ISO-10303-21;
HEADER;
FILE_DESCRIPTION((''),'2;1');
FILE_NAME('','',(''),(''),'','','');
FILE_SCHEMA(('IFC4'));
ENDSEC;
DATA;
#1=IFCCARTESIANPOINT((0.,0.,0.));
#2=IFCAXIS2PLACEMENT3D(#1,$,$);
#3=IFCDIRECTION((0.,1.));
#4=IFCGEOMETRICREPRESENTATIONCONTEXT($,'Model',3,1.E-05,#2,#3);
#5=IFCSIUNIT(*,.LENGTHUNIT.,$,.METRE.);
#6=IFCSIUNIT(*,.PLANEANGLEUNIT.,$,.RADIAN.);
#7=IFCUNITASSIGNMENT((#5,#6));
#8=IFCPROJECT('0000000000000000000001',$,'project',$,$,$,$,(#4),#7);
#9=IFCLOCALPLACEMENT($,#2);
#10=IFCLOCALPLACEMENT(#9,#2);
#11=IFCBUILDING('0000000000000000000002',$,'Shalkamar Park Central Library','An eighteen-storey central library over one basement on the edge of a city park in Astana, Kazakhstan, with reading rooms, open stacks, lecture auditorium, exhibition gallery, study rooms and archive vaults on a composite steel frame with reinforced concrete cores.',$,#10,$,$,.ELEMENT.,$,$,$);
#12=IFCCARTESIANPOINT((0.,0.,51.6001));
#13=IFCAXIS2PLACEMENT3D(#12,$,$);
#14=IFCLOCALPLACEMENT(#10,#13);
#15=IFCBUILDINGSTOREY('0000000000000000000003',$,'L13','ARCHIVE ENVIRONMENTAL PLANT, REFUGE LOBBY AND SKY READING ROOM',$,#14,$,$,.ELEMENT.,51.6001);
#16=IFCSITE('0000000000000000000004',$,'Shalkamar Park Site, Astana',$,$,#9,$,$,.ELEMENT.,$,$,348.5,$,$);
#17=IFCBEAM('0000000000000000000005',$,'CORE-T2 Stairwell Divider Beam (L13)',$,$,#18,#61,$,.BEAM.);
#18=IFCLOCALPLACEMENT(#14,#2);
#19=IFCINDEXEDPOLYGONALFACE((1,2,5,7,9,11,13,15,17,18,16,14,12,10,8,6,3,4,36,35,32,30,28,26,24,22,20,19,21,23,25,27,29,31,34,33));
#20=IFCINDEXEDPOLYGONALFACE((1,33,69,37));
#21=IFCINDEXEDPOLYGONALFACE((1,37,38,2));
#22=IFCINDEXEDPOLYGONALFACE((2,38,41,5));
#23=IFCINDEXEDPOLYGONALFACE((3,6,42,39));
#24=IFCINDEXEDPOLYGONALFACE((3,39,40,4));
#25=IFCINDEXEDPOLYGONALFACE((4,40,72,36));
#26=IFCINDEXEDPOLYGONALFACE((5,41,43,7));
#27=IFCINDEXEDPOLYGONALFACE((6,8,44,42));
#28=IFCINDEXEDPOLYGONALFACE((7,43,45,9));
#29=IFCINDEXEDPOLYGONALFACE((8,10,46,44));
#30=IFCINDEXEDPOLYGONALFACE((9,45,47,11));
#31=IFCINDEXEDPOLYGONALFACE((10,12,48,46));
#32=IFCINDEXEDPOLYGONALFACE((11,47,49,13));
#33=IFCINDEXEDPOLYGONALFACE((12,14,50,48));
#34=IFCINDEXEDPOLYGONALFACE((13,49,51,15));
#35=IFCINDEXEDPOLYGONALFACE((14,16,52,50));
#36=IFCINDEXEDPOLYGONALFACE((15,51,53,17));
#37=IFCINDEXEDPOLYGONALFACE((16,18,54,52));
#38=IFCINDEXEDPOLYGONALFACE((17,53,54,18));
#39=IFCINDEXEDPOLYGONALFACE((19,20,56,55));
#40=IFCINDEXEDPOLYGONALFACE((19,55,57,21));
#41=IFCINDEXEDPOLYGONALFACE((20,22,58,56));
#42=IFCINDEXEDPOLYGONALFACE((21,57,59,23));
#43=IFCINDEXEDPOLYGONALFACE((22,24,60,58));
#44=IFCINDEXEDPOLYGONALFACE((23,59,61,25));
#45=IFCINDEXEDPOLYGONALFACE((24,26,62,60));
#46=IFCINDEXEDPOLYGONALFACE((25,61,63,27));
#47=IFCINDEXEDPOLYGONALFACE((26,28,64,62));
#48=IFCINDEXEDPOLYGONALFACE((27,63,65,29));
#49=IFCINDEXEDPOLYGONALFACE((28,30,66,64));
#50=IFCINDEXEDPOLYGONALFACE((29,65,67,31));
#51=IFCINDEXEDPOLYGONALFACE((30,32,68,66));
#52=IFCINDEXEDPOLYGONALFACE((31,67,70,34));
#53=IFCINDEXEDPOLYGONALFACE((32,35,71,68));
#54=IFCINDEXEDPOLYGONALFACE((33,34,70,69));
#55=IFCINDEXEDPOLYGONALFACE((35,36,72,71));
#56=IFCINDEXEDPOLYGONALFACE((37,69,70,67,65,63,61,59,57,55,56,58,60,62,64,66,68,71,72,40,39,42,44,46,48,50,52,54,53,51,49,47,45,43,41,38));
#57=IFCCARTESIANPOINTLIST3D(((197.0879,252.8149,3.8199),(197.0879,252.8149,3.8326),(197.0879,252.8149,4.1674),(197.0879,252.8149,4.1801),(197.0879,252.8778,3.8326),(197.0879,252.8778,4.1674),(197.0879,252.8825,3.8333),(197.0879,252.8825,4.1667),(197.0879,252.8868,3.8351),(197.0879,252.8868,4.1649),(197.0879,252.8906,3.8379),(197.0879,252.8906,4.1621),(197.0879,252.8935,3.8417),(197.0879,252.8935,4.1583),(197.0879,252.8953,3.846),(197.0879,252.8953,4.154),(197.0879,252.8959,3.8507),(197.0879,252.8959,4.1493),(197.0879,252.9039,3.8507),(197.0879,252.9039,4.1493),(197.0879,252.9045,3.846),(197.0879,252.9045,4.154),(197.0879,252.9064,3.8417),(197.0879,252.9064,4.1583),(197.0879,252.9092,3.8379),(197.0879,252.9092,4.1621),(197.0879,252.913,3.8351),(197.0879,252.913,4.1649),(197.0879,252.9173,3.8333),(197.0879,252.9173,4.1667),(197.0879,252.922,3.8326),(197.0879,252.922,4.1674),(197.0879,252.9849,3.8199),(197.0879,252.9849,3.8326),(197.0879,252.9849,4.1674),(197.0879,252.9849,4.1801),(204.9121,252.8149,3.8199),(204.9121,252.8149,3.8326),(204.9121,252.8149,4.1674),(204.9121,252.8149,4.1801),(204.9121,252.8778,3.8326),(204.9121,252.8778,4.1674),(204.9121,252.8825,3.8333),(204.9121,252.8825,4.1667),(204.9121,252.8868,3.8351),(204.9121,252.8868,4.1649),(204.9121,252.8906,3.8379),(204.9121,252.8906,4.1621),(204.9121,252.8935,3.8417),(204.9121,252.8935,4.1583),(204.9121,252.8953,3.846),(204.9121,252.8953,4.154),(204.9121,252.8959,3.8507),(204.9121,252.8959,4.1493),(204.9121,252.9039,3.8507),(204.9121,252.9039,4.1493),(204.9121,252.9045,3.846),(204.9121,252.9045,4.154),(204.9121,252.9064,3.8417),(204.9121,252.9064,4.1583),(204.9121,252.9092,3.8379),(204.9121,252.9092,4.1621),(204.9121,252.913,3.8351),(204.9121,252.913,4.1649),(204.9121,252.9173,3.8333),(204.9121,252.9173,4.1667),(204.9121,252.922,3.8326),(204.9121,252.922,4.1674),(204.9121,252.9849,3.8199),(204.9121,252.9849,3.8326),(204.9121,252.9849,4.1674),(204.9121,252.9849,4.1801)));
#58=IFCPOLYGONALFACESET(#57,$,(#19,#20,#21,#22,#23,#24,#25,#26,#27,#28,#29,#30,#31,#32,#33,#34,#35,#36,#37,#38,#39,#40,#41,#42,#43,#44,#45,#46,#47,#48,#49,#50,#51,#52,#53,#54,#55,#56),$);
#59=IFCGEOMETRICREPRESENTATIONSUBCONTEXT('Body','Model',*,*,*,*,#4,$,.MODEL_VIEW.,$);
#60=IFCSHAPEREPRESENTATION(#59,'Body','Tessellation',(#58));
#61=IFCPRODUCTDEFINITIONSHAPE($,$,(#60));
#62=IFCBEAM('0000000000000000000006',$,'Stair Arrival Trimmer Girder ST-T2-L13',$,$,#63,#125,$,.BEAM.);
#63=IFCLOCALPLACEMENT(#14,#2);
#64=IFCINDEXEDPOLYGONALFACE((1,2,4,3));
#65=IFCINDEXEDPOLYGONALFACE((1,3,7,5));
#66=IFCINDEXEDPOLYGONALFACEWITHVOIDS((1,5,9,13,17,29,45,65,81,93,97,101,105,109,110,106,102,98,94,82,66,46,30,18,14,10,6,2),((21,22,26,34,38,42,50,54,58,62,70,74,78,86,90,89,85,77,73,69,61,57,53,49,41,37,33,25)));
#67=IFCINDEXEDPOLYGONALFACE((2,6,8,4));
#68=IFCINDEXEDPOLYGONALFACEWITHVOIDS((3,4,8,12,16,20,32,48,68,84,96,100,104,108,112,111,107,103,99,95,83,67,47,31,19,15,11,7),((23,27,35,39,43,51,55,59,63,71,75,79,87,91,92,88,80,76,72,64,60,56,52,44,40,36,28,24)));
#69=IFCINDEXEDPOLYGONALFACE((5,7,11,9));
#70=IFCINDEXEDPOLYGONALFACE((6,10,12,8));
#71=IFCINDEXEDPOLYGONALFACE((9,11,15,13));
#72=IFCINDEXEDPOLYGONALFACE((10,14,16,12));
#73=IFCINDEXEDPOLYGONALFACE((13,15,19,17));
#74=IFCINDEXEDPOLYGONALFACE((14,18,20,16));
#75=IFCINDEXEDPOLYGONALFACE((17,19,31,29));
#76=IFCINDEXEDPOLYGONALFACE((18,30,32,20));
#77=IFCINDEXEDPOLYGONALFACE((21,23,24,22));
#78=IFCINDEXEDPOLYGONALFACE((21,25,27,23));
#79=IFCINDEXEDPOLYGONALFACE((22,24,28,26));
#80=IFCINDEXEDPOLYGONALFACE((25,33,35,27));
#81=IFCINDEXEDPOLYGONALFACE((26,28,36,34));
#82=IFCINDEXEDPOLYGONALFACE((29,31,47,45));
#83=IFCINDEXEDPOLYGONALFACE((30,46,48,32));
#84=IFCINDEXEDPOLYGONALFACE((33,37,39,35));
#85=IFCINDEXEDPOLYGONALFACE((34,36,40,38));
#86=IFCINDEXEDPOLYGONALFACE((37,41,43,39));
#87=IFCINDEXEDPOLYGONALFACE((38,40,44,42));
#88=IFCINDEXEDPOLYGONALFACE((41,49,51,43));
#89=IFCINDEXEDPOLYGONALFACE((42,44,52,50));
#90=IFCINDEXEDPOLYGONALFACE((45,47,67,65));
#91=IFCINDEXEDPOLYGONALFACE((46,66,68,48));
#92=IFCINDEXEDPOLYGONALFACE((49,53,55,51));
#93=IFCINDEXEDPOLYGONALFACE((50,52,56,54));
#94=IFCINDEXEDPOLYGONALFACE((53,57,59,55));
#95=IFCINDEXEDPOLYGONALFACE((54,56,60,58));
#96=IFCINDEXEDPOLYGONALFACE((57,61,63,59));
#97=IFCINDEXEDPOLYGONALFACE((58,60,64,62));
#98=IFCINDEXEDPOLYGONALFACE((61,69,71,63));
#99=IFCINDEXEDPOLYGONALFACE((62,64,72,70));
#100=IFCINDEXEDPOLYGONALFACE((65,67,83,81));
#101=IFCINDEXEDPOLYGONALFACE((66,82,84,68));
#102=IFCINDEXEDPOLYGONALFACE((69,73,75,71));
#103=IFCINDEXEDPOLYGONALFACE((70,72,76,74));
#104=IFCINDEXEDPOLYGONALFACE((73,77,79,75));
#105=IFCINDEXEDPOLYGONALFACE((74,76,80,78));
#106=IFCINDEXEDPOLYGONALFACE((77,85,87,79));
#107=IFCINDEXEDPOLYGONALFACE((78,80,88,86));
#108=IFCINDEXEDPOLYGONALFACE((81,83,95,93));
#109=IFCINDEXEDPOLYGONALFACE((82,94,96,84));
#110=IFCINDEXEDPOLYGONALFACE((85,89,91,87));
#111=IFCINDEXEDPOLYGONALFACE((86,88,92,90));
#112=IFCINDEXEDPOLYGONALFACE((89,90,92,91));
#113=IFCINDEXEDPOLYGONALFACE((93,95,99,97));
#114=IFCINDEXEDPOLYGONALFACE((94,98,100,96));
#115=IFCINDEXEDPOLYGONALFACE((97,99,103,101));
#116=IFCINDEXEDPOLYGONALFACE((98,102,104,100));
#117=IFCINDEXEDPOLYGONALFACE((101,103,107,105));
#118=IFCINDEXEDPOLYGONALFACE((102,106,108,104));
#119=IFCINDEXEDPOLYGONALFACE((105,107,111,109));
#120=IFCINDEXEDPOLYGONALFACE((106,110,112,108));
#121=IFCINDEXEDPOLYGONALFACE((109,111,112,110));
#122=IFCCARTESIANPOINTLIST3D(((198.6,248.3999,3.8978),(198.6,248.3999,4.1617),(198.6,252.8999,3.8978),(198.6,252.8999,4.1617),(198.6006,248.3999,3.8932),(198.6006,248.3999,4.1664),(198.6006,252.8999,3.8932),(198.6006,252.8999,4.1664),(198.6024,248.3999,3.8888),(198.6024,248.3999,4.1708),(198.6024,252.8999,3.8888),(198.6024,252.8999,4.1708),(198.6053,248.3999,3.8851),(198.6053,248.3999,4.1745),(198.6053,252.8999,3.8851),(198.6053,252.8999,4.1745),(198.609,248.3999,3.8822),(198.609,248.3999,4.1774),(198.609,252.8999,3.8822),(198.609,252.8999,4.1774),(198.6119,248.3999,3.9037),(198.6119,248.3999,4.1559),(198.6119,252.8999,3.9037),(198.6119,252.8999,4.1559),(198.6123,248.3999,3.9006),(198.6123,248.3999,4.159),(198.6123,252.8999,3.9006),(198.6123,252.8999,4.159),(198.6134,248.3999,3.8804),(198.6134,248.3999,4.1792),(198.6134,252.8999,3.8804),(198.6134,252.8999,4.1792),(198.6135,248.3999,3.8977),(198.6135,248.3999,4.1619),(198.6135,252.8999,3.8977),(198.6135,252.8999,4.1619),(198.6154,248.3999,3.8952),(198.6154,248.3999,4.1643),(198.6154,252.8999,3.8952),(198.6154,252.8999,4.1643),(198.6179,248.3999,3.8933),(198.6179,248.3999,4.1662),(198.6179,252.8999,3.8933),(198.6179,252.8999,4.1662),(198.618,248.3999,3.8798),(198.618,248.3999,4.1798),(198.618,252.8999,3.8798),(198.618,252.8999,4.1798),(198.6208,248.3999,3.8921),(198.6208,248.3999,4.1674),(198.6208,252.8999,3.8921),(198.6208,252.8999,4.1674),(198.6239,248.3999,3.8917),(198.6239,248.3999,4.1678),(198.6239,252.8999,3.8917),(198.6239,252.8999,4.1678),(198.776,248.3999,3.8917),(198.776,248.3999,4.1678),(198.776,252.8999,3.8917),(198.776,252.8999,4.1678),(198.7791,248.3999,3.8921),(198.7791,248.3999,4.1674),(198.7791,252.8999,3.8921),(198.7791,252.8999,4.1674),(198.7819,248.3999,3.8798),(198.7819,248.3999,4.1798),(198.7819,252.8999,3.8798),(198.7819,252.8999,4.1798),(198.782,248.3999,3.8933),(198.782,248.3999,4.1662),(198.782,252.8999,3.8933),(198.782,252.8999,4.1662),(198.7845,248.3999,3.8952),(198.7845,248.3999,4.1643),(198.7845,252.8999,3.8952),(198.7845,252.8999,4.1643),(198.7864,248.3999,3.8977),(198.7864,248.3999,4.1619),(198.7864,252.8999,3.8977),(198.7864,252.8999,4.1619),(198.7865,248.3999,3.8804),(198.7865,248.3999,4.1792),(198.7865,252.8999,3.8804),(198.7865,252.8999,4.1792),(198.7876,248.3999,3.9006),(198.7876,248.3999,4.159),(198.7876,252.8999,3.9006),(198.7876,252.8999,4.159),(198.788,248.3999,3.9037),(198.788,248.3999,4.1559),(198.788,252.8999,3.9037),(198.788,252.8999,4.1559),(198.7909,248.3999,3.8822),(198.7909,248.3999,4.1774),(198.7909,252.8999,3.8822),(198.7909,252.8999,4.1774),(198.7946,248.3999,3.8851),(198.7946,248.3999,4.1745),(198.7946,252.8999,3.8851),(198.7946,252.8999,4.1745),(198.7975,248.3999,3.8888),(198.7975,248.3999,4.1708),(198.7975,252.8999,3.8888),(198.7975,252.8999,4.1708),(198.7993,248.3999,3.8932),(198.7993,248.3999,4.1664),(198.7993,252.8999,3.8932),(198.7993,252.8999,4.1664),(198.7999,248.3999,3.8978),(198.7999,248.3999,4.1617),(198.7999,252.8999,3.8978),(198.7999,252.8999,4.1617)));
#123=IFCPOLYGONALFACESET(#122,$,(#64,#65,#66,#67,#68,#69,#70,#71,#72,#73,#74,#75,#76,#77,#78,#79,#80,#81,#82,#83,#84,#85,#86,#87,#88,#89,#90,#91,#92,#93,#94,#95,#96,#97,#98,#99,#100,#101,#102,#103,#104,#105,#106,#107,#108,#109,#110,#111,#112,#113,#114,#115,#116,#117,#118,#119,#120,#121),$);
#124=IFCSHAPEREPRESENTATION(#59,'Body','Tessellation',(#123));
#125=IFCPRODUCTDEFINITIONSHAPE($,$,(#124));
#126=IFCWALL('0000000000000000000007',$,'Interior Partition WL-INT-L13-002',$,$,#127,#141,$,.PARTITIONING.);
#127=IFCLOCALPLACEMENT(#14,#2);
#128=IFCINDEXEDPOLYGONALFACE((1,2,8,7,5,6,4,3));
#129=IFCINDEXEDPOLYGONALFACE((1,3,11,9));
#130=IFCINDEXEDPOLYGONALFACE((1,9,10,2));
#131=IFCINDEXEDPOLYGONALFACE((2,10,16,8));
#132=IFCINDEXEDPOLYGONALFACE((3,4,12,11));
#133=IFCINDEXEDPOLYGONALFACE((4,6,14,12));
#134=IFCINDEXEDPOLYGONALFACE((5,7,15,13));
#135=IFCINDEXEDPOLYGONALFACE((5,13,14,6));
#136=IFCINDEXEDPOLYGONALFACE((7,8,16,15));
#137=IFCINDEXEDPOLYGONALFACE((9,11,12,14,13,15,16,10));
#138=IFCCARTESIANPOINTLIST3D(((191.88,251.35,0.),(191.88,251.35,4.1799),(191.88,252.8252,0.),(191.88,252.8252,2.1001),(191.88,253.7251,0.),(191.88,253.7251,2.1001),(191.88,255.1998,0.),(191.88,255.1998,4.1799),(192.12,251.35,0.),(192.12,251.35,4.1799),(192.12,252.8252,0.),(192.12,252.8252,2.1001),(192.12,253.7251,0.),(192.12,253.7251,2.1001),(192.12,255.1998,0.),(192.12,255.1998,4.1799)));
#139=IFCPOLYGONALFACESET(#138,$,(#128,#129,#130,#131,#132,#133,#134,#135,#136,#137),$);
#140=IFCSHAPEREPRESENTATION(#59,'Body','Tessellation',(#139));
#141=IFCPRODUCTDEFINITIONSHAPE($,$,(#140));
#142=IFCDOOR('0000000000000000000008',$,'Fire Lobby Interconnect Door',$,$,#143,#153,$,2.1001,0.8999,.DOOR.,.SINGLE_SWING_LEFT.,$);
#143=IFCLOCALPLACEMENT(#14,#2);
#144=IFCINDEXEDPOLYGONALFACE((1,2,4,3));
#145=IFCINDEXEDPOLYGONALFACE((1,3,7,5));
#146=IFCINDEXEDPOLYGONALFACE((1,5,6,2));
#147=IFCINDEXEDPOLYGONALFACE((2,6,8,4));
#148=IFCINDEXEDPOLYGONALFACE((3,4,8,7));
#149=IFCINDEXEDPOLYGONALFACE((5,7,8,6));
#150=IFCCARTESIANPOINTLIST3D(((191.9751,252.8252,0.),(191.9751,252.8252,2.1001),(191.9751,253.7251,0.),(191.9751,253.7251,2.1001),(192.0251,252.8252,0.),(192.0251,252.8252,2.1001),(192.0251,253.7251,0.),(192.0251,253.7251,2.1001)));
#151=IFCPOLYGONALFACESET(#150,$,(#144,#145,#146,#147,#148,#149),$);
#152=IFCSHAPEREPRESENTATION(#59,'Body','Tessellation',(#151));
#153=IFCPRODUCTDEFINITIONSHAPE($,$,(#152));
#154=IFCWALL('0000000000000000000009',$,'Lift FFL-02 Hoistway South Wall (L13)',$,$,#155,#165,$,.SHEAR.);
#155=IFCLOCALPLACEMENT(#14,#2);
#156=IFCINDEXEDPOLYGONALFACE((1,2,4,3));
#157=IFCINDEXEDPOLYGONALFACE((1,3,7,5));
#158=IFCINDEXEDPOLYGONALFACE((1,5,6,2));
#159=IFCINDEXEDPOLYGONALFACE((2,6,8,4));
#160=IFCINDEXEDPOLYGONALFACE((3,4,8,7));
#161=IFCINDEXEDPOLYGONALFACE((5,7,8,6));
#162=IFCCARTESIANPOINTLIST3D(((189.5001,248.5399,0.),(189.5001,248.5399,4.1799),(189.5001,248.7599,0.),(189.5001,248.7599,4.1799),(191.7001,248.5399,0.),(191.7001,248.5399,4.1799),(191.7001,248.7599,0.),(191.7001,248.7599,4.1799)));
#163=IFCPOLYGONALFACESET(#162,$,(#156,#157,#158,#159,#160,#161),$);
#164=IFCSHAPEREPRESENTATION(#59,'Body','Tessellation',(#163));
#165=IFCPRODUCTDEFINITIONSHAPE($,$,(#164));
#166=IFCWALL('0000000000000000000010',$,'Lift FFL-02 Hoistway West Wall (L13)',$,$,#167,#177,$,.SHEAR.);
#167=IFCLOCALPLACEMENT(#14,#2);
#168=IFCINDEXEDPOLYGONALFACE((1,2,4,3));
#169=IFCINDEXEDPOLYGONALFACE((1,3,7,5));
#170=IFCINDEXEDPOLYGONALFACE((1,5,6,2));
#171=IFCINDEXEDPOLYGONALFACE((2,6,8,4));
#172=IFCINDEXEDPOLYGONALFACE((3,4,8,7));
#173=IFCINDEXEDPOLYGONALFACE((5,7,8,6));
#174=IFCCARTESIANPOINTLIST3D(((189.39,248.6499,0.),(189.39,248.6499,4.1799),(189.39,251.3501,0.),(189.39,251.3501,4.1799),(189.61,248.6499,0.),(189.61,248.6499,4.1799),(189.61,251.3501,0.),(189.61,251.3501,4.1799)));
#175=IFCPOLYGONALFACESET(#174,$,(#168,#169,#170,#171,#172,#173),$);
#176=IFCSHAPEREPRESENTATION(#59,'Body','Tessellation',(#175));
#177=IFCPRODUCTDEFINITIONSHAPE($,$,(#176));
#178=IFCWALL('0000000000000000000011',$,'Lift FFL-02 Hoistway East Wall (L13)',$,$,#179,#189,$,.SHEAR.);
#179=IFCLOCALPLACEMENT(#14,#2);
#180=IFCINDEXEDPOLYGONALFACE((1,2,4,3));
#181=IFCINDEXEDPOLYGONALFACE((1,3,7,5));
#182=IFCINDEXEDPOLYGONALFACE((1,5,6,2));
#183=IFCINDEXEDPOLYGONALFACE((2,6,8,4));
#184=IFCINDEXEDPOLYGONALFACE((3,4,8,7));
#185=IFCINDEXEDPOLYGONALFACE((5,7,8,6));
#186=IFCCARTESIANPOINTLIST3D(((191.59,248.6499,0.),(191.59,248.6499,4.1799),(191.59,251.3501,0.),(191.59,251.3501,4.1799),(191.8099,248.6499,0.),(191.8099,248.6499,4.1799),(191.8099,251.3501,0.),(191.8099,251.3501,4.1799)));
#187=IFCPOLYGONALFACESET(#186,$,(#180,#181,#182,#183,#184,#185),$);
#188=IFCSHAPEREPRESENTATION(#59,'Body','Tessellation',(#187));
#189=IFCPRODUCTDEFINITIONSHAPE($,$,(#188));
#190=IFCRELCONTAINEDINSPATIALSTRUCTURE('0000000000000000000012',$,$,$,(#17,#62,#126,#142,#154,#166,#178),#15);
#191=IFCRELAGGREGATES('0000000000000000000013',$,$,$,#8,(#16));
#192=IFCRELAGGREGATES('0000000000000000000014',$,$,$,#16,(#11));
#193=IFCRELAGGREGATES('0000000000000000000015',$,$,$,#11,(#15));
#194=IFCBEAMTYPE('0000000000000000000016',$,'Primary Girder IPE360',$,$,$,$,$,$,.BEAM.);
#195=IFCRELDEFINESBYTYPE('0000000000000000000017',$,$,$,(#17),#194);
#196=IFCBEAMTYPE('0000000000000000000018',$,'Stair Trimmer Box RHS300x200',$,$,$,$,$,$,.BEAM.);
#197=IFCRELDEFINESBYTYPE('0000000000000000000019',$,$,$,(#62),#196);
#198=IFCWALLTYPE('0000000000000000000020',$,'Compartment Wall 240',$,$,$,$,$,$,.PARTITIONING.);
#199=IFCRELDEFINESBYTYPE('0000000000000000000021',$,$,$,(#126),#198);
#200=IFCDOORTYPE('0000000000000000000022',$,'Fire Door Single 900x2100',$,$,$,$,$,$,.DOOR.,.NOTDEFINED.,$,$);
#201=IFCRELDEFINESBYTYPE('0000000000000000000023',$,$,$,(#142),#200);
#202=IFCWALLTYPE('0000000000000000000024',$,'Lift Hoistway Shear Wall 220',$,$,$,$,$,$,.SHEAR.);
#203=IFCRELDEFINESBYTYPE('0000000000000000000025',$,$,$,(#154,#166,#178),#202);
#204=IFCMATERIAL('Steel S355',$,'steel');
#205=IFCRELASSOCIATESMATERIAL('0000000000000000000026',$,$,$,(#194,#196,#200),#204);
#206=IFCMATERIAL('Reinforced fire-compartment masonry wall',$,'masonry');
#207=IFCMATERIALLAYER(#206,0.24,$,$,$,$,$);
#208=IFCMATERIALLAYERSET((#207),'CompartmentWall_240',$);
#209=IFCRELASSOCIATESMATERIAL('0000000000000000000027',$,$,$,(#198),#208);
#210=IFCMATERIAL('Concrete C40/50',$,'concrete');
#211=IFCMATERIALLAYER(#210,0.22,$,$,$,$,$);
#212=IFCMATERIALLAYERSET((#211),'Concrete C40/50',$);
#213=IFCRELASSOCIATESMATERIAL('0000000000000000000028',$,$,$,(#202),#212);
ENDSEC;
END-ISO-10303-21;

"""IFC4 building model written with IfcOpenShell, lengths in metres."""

from ifc_helpers import new_model, si_unit, direction, frame, frame_2d, origin, origin_2d, place, context, subcontext, project, spatial, rectangle, hollow_rectangle, i_section, extrude, material, layer, layer_set, material_profile, profile_set, type_object, element, fill, save


model = new_model("IFC4")

# Units and contexts
model_context = context("Model", 3, precision=1e-05, world=origin(), true_north=direction((0.0, 1.0)))
body_context = subcontext(model_context, "Body", "Model", "MODEL_VIEW")
ifc_project = project(units=[si_unit("LENGTHUNIT", "METRE"), si_unit("PLANEANGLEUNIT", "RADIAN")], contexts=[model_context])

# Site, building, storey
site_placement = place(None, origin())
site = spatial("IfcSite", under=ifc_project, at=site_placement, Name="Shalkamar Park Site, Astana", CompositionType="ELEMENT", RefElevation=348.5)
building_placement = place(site_placement, origin())
building = spatial("IfcBuilding", under=site, at=building_placement, Name="Shalkamar Park Central Library", Description="An eighteen-storey central library over one basement on the edge of a city park in Astana, Kazakhstan, with reading rooms, open stacks, lecture auditorium, exhibition gallery, study rooms and archive vaults on a composite steel frame with reinforced concrete cores.", CompositionType="ELEMENT")
storey_placement = place(building_placement, frame((0.0, 0.0, 51.6001)))
storey = spatial("IfcBuildingStorey", under=building, at=storey_placement, Name="L13", Description="ARCHIVE ENVIRONMENTAL PLANT, REFUGE LOBBY AND SKY READING ROOM", CompositionType="ELEMENT", Elevation=51.6001)

# Beams
ifc_material_1 = material(Name="Steel S355", Category="steel")
ifc_material_profile_1 = material_profile(ifc_material_1, i_section(OverallWidth=0.1699, OverallDepth=0.3601, WebThickness=0.0081, FlangeThickness=0.0127, FilletRadius=0.0181, at=origin_2d()), Name="IPE 360")
ifc_profile_set_1 = profile_set([ifc_material_profile_1], Name="Steel S355")
beam_type_1 = type_object("IfcBeamType", Name="Primary Girder IPE360", PredefinedType="BEAM", material=ifc_profile_set_1)
beam_1_placement = place(storey_placement, frame((197.0879, 252.8999, 4.0), z_axis=(1.0, 0.0, 0.0), x_axis=(0.0, 1.0, 0.0)))
element("IfcBeam", 1, at=beam_1_placement, inside=storey, type_object=beam_type_1, Name="CORE-T2 Stairwell Divider Beam (L13)", PredefinedType="BEAM", context=body_context, shape_type="SweptSolid", body=[
    extrude(i_section(OverallWidth=0.1699, OverallDepth=0.3601, WebThickness=0.0081, FlangeThickness=0.0127, FilletRadius=0.0181, at=origin_2d()), origin(), (0.0, 0.0, 1.0), 7.8242),
])
ifc_material_profile_2 = material_profile(ifc_material_1, hollow_rectangle(XDim=0.2, YDim=0.3, WallThickness=0.012, InnerFilletRadius=0.012, OuterFilletRadius=0.0181, at=origin_2d()), Name="RHS 300x200x12")
ifc_profile_set_2 = profile_set([ifc_material_profile_2], Name="Steel S355")
beam_type_2 = type_object("IfcBeamType", Name="Stair Trimmer Box RHS300x200", PredefinedType="BEAM", material=ifc_profile_set_2)
beam_2_placement = place(storey_placement, frame((198.7, 248.3999, 4.0298), z_axis=(0.0, 1.0, 0.0), x_axis=(-1.0, 0.0, 0.0)))
element("IfcBeam", 2, at=beam_2_placement, inside=storey, type_object=beam_type_2, Name="Stair Arrival Trimmer Girder ST-T2-L13", PredefinedType="BEAM", context=body_context, shape_type="SweptSolid", body=[
    extrude(hollow_rectangle(XDim=0.2, YDim=0.3, WallThickness=0.012, InnerFilletRadius=0.012, OuterFilletRadius=0.0181, at=origin_2d()), origin(), (0.0, 0.0, 1.0), 4.5),
])

# Wall, opening, door
ifc_material_2 = material(Name="Reinforced fire-compartment masonry wall", Category="masonry")
ifc_layer_1 = layer(ifc_material_2, 0.24)
ifc_layer_set_1 = layer_set([ifc_layer_1], Name="CompartmentWall_240")
wall_type_1 = type_object("IfcWallType", Name="Compartment Wall 240", PredefinedType="PARTITIONING", material=ifc_layer_set_1)
wall_1_placement = place(storey_placement, frame((192.0, 251.3501, 0.0), z_axis=(0.0, 0.0, 1.0), x_axis=(0.0, 1.0, 0.0)))
wall_1 = element("IfcWall", 3, at=wall_1_placement, inside=storey, type_object=wall_type_1, Name="Interior Partition WL-INT-L13-002", PredefinedType="PARTITIONING", context=body_context, shape_type="SweptSolid", body=[
    extrude(rectangle(XDim=3.8499, YDim=0.24, at=frame_2d((1.9248, 0.0))), origin(), (0.0, 0.0, 1.0), 4.1799),
])
opening_1_placement = place(wall_1_placement, frame((1.4751, 0.0, 0.0)))
opening_1 = element("IfcOpeningElement", 4, at=opening_1_placement, cuts=wall_1, PredefinedType="OPENING", context=body_context, shape_type="SweptSolid", body=[
    extrude(rectangle(XDim=0.8999, YDim=2.1001, at=frame_2d((0.45, 1.05))), frame((0.0, 0.1348, 0.0), z_axis=(0.0, -1.0, 0.0), x_axis=(1.0, 0.0, 0.0)), (0.0, 0.0, 1.0), 0.2698),
])
door_type_1 = type_object("IfcDoorType", Name="Fire Door Single 900x2100", OperationType="NOTDEFINED", PredefinedType="DOOR", material=ifc_material_1)
door_1_placement = place(opening_1_placement, origin())
door_1 = element("IfcDoor", 5, at=door_1_placement, inside=storey, type_object=door_type_1, Name="Fire Lobby Interconnect Door", OperationType="SINGLE_SWING_LEFT", OverallHeight=2.1001, OverallWidth=0.8999, PredefinedType="DOOR", context=body_context, shape_type="SweptSolid", body=[
    extrude(rectangle(XDim=0.8999, YDim=2.1001, at=frame_2d((0.45, 1.05))), frame((0.0, 0.0249, 0.0), z_axis=(0.0, -1.0, 0.0), x_axis=(1.0, 0.0, 0.0)), (0.0, 0.0, 1.0), 0.05),
])
fill(opening_1, door_1)

# Walls
ifc_material_3 = material(Name="Concrete C40/50", Category="concrete")
ifc_layer_2 = layer(ifc_material_3, 0.22)
ifc_layer_set_2 = layer_set([ifc_layer_2], Name="Concrete C40/50")
wall_type_2 = type_object("IfcWallType", Name="Lift Hoistway Shear Wall 220", PredefinedType="SHEAR", material=ifc_layer_set_2)
wall_2_placement = place(storey_placement, frame((189.5, 248.6499, 0.0), z_axis=(0.0, 0.0, 1.0), x_axis=(1.0, 0.0, 0.0)))
element("IfcWall", 6, at=wall_2_placement, inside=storey, type_object=wall_type_2, Name="Lift FFL-02 Hoistway South Wall (L13)", PredefinedType="SHEAR", context=body_context, shape_type="SweptSolid", body=[
    extrude(rectangle(XDim=2.2, YDim=0.22, at=frame_2d((1.1001, 0.0))), origin(), (0.0, 0.0, 1.0), 4.1799),
])
for number, where, z_axis, x_axis, name in (
    (7, (189.5, 248.6499, 0.0), (0.0, 0.0, 1.0), (0.0, 1.0, 0.0), "Lift FFL-02 Hoistway West Wall (L13)"),
    (8, (191.7, 248.6499, 0.0), (0.0, 0.0, 1.0), (0.0, 1.0, 0.0), "Lift FFL-02 Hoistway East Wall (L13)"),
):
    element("IfcWall", number, at=place(storey_placement, frame(where, z_axis=z_axis, x_axis=x_axis)), inside=storey, type_object=wall_type_2, Name=name, PredefinedType="SHEAR", context=body_context, shape_type="SweptSolid", body=[
        extrude(rectangle(XDim=2.7002, YDim=0.22, at=frame_2d((1.3501, 0.0))), origin(), (0.0, 0.0, 1.0), 4.1799),
    ])

save(model, "model.ifc")
